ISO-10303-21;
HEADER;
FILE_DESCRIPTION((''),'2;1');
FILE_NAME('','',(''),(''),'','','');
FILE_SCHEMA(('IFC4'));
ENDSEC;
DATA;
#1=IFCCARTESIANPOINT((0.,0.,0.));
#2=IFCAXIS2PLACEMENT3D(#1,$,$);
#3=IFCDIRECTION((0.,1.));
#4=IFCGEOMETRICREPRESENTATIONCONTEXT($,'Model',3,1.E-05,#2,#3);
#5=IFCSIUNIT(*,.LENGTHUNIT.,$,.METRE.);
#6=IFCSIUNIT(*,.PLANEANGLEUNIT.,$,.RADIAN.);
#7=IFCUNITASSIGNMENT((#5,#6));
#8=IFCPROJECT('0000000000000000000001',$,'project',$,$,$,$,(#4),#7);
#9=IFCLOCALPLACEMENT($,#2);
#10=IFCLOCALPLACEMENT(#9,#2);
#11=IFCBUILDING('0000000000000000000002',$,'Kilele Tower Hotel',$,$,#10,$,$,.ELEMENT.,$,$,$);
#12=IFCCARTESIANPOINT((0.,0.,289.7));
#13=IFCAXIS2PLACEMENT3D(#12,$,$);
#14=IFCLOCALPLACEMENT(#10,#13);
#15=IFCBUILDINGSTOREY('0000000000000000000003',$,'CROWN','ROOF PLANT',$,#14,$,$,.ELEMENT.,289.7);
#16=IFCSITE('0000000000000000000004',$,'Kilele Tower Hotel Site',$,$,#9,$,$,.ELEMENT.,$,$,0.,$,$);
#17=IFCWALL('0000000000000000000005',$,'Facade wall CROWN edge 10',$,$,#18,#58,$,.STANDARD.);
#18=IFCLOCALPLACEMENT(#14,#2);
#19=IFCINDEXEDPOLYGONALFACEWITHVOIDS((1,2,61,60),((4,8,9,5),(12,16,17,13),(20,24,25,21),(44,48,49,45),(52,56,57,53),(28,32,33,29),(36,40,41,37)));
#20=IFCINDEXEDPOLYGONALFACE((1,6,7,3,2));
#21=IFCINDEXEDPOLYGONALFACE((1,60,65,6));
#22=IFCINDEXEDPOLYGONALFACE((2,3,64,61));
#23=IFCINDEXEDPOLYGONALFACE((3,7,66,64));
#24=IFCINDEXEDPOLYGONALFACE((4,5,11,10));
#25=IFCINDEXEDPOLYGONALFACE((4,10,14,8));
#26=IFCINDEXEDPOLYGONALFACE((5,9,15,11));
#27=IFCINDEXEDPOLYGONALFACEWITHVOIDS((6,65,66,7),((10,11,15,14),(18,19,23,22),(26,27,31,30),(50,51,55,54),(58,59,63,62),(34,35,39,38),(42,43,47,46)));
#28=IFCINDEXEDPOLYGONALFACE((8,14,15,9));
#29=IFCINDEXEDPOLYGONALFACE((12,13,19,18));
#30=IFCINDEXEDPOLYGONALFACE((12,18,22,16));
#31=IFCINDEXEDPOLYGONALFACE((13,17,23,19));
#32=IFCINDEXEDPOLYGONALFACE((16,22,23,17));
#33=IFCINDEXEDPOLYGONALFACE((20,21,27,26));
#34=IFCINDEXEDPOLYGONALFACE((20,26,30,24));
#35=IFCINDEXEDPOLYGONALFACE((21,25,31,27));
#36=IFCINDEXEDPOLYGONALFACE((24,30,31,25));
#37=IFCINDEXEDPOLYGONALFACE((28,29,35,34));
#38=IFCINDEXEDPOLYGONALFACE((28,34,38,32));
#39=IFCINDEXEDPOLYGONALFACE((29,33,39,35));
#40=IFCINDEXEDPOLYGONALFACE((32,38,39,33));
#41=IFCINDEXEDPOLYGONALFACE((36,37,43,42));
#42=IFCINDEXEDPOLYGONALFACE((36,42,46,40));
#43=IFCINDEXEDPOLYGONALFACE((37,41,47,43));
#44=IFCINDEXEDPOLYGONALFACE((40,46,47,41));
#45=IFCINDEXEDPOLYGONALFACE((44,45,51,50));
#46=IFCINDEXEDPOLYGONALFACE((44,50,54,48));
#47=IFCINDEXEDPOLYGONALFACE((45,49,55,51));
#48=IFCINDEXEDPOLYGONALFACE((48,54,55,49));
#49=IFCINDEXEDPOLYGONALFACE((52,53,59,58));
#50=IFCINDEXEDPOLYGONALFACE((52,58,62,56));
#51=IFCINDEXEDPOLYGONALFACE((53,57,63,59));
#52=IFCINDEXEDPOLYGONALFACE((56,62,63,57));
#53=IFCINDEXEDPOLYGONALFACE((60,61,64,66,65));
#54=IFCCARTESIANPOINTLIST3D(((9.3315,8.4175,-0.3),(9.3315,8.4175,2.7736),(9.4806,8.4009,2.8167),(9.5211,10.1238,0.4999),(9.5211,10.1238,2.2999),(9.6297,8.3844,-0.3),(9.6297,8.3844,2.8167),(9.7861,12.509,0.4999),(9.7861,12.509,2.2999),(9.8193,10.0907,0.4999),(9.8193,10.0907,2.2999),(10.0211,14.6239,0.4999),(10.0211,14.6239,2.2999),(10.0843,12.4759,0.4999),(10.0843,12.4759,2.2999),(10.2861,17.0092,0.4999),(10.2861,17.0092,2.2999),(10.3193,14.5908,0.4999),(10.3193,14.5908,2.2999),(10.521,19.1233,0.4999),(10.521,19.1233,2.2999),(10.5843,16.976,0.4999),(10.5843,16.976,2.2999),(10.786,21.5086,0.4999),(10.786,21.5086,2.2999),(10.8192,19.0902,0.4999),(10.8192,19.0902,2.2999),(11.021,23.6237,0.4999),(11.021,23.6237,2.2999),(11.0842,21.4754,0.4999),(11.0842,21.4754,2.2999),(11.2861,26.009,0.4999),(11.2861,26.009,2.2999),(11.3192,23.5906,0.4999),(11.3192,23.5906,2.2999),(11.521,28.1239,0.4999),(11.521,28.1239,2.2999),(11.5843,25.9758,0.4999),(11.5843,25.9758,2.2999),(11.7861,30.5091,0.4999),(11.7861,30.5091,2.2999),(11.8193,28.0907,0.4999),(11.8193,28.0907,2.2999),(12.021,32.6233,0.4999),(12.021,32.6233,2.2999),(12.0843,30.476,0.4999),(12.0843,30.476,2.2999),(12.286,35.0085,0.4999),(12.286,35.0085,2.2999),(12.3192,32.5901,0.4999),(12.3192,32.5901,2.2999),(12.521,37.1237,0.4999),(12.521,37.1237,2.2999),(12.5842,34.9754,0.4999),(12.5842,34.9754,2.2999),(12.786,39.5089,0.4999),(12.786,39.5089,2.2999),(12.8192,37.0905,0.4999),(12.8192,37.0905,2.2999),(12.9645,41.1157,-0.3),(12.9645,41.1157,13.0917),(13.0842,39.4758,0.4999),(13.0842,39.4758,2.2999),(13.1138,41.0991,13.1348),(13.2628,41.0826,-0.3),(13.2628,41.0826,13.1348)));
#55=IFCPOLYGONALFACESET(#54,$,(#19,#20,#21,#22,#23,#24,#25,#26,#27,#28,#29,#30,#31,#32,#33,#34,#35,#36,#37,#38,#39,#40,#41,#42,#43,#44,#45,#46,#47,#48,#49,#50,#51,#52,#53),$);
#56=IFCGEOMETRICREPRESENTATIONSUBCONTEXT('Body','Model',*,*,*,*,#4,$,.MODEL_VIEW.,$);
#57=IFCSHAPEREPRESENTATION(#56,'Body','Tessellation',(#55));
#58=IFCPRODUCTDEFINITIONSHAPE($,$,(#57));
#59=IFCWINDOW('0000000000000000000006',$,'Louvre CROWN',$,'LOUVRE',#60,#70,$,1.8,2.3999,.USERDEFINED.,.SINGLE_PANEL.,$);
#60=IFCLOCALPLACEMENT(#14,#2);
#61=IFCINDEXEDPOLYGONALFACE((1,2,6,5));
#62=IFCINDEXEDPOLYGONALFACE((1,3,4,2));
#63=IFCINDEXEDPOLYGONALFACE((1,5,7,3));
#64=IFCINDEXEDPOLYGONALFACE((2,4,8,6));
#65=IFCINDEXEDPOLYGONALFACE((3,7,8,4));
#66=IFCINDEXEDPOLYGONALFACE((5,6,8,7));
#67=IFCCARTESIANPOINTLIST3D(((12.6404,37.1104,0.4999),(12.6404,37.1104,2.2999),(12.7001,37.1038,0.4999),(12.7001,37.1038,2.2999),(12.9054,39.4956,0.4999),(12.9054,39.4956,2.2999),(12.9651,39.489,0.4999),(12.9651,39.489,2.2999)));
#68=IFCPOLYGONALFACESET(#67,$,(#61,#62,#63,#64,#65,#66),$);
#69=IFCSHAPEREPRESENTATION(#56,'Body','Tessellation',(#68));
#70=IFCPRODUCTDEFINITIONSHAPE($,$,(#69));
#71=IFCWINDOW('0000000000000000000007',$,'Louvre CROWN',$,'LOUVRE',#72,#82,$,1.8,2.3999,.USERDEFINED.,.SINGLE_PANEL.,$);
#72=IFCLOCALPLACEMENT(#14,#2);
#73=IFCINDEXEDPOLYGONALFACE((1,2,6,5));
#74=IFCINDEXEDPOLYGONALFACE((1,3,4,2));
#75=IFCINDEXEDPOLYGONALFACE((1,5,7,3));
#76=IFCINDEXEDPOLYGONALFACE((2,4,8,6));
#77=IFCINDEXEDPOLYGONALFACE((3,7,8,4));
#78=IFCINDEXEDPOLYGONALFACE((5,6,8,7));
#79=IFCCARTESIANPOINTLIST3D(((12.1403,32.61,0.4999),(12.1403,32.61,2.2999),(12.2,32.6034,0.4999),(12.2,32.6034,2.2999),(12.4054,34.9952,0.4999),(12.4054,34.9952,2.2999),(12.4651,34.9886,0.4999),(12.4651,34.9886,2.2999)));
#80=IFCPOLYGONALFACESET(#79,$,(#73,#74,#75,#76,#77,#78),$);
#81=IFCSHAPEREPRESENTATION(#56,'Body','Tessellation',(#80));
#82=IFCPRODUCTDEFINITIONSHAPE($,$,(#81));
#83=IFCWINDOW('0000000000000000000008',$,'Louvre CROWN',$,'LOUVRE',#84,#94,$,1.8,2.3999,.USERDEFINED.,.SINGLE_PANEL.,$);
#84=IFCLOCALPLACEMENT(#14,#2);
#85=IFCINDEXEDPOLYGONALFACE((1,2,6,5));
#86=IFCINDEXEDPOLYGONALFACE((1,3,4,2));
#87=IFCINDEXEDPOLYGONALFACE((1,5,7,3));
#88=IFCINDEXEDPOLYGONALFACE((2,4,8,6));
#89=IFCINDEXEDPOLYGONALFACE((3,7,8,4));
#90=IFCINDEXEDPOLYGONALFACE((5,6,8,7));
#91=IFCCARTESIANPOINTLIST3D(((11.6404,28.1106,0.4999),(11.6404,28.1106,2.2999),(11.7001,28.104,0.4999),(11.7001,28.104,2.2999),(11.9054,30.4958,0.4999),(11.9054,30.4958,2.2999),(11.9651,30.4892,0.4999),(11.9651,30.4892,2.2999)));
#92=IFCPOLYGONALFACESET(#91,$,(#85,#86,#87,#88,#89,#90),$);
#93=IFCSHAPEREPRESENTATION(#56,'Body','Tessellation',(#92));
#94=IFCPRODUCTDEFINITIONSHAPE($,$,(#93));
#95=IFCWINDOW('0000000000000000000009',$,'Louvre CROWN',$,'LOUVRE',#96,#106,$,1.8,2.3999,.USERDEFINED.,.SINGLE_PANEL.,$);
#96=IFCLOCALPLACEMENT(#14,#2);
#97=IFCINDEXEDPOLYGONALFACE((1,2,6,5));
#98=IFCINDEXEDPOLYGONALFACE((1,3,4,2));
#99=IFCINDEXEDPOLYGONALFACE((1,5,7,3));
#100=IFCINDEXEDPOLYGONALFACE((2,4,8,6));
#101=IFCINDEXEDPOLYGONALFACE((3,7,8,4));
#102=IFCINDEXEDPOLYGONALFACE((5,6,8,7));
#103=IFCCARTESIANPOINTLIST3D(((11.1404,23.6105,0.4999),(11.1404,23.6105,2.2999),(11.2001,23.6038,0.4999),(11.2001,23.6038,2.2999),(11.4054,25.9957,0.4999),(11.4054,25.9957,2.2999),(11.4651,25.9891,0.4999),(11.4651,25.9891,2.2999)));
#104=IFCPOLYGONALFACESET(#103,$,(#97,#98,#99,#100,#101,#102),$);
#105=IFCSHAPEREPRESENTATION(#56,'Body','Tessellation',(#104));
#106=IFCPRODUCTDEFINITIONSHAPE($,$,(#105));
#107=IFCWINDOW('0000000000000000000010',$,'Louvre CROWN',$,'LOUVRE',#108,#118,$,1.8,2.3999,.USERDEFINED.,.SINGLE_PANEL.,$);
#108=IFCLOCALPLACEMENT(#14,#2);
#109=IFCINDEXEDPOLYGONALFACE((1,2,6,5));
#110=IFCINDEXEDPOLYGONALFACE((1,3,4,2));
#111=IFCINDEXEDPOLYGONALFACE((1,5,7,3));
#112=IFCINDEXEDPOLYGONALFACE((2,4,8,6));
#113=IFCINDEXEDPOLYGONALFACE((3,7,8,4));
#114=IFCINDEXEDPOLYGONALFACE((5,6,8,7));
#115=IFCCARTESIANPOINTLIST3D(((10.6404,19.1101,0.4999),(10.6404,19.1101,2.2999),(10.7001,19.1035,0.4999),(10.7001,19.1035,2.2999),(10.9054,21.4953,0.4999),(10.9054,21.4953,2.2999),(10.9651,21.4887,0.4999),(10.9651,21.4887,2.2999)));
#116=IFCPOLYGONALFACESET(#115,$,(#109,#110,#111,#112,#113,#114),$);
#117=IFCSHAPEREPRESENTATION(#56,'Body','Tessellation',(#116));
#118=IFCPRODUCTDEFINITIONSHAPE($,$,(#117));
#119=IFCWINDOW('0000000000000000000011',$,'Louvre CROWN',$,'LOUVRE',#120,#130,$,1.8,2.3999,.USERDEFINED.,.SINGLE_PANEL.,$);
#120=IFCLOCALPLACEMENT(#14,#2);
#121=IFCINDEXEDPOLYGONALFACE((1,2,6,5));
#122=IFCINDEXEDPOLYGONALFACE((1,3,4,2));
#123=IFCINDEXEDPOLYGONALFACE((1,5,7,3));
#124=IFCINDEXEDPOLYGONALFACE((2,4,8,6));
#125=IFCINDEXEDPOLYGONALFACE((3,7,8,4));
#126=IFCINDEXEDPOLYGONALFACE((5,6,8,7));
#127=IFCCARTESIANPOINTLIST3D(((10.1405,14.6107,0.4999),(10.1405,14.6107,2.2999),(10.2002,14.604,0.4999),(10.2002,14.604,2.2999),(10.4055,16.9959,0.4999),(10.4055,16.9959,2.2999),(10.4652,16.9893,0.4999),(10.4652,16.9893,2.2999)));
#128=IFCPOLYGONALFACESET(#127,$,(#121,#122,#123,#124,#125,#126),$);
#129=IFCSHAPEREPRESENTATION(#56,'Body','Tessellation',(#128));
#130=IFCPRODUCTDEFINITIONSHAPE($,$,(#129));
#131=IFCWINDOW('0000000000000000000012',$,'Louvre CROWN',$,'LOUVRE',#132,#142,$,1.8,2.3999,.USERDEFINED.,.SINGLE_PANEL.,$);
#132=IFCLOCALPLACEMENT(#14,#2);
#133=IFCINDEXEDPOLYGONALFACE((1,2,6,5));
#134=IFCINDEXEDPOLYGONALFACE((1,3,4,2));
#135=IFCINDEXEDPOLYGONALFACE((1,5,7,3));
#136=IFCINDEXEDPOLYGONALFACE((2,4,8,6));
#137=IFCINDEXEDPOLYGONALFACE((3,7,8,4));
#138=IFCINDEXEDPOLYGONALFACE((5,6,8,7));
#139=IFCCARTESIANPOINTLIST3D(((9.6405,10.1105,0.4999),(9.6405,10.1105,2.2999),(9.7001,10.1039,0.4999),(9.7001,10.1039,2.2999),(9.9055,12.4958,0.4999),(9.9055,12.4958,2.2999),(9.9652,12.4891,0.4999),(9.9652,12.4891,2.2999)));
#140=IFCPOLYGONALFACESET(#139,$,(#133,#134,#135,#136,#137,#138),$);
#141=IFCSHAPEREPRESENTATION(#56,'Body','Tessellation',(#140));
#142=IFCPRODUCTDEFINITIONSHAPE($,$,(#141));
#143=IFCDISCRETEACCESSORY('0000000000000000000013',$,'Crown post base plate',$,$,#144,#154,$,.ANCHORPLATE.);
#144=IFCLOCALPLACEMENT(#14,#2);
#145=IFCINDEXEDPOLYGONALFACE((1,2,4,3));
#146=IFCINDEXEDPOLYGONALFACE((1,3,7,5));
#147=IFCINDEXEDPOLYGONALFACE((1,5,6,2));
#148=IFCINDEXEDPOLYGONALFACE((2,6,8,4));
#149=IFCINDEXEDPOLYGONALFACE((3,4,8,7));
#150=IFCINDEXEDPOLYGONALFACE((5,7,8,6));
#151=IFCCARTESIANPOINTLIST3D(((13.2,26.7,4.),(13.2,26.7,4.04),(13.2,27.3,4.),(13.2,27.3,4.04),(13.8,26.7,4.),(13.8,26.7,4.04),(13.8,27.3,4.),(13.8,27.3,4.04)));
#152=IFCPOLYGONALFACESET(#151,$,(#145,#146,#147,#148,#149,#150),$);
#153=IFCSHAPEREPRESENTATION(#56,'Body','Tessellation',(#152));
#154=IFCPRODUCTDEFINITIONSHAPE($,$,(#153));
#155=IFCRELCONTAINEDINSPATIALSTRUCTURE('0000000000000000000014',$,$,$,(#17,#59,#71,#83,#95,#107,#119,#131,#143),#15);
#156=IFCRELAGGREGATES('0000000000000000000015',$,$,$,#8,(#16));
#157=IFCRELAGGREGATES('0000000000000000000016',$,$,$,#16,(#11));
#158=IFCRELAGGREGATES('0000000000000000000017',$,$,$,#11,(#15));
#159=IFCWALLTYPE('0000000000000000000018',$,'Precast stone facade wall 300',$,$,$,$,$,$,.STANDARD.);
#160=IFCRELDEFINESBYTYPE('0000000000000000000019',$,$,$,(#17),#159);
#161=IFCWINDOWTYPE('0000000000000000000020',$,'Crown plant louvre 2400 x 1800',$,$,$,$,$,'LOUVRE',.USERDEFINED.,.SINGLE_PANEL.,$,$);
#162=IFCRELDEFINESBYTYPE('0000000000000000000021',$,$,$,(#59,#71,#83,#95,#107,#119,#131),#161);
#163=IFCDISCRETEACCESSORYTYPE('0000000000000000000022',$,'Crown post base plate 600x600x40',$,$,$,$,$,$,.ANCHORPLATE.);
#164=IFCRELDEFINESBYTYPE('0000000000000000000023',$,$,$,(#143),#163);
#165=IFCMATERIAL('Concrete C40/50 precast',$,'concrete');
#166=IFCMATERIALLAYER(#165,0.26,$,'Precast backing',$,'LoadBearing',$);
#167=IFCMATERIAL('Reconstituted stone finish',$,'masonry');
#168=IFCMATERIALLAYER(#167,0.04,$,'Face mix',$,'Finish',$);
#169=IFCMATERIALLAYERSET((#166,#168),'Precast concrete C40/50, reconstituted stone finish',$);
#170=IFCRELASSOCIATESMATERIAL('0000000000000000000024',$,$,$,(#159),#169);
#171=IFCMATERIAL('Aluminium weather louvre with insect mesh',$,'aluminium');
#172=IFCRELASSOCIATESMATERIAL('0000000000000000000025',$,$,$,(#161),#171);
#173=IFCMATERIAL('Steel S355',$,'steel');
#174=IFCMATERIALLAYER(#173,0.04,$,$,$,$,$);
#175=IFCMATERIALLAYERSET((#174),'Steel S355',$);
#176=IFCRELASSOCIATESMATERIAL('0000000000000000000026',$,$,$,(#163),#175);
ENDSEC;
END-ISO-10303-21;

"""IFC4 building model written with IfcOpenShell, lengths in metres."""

from ifc_helpers import new_model, si_unit, direction, frame, frame_2d, origin, place, context, subcontext, project, spatial, polyline, rectangle, outline, extrude, clip, halfspace, source, transform, mapped, material, layer, layer_set, type_object, element, fill, save


model = new_model("IFC4")

# Units and contexts
model_context = context("Model", 3, precision=1e-05, world=origin(), true_north=direction((0.0, 1.0)))
body_context = subcontext(model_context, "Body", "Model", "MODEL_VIEW")
ifc_project = project(units=[si_unit("LENGTHUNIT", "METRE"), si_unit("PLANEANGLEUNIT", "RADIAN")], contexts=[model_context])

# Site, building, storey
site_placement = place(None, origin())
site = spatial("IfcSite", under=ifc_project, at=site_placement, Name="Kilele Tower Hotel Site", CompositionType="ELEMENT", RefElevation=0.0)
building_placement = place(site_placement, origin())
building = spatial("IfcBuilding", under=site, at=building_placement, Name="Kilele Tower Hotel", CompositionType="ELEMENT")
storey_placement = place(building_placement, frame((0.0, 0.0, 289.7)))
storey = spatial("IfcBuildingStorey", under=building, at=storey_placement, Name="CROWN", Description="ROOF PLANT", CompositionType="ELEMENT", Elevation=289.7)

# Wall, openings, windows
ifc_material_1 = material(Name="Concrete C40/50 precast", Category="concrete")
ifc_layer_1 = layer(ifc_material_1, 0.26, Name="Precast backing", Category="LoadBearing")
ifc_material_2 = material(Name="Reconstituted stone finish", Category="masonry")
ifc_layer_2 = layer(ifc_material_2, 0.04, Name="Face mix", Category="Finish")
ifc_layer_set_1 = layer_set([ifc_layer_1, ifc_layer_2], Name="Precast concrete C40/50, reconstituted stone finish")
wall_type_1 = type_object("IfcWallType", Name="Precast stone facade wall 300", PredefinedType="STANDARD", material=ifc_layer_set_1)
wall_1_placement = place(storey_placement, frame((13.1138, 41.0991, -0.3), z_axis=(0.0, 0.0, 1.0), x_axis=(-0.110429, -0.993884, 0.0)))
wall_1 = element("IfcWall", 1, at=wall_1_placement, inside=storey, type_object=wall_type_1, Name="Facade wall CROWN edge 10", PredefinedType="STANDARD", context=body_context, shape_type="Clipping", body=[
    clip(extrude(outline(polyline([(0.0, 0.0), (32.8994, 0.0), (32.8994, 3.1167), (0.0, 13.4348), (0.0, 0.0)])), frame((0.0, 0.1499, 0.0), z_axis=(0.0, -1.0, 0.0), x_axis=(1.0, 0.0, 0.0)), (0.0, 0.0, 1.0), 0.3), halfspace(frame((0.0, 0.0, 13.4348), z_axis=(0.288618, -0.264228, 0.920263), x_axis=(0.954174, 0.0, -0.299253)), False)),
])
opening_1_placement = place(wall_1_placement, frame((1.6167, 0.0, 0.8)))
opening_1 = element("IfcOpeningElement", 2, at=opening_1_placement, cuts=wall_1, PredefinedType="OPENING", context=body_context, shape_type="SweptSolid", body=[
    extrude(rectangle(XDim=2.3999, YDim=1.8, at=frame_2d((1.2, 0.8999))), frame((0.0, 0.1599, 0.0), z_axis=(0.0, -1.0, 0.0), x_axis=(1.0, 0.0, 0.0)), (0.0, 0.0, 1.0), 0.3201),
])
opening_2_placement = place(wall_1_placement, frame((6.1448, 0.0, 0.8)))
opening_2 = element("IfcOpeningElement", 3, at=opening_2_placement, cuts=wall_1, PredefinedType="OPENING", context=body_context, shape_type="SweptSolid", body=[
    extrude(rectangle(XDim=2.3999, YDim=1.8, at=frame_2d((1.2, 0.8999))), frame((0.0, 0.1599, 0.0), z_axis=(0.0, -1.0, 0.0), x_axis=(1.0, 0.0, 0.0)), (0.0, 0.0, 1.0), 0.3201),
])
opening_3_placement = place(wall_1_placement, frame((10.6719, 0.0, 0.8)))
opening_3 = element("IfcOpeningElement", 4, at=opening_3_placement, cuts=wall_1, PredefinedType="OPENING", context=body_context, shape_type="SweptSolid", body=[
    extrude(rectangle(XDim=2.3999, YDim=1.8, at=frame_2d((1.2, 0.8999))), frame((0.0, 0.1599, 0.0), z_axis=(0.0, -1.0, 0.0), x_axis=(1.0, 0.0, 0.0)), (0.0, 0.0, 1.0), 0.3201),
])
opening_4_placement = place(wall_1_placement, frame((15.1997, 0.0, 0.8)))
opening_4 = element("IfcOpeningElement", 5, at=opening_4_placement, cuts=wall_1, PredefinedType="OPENING", context=body_context, shape_type="SweptSolid", body=[
    extrude(rectangle(XDim=2.3999, YDim=1.8, at=frame_2d((1.2, 0.8999))), frame((0.0, 0.1599, 0.0), z_axis=(0.0, -1.0, 0.0), x_axis=(1.0, 0.0, 0.0)), (0.0, 0.0, 1.0), 0.3201),
])
opening_5_placement = place(wall_1_placement, frame((19.7278, 0.0, 0.8)))
opening_5 = element("IfcOpeningElement", 6, at=opening_5_placement, cuts=wall_1, PredefinedType="OPENING", context=body_context, shape_type="SweptSolid", body=[
    extrude(rectangle(XDim=2.3999, YDim=1.8, at=frame_2d((1.2, 0.8999))), frame((0.0, 0.1599, 0.0), z_axis=(0.0, -1.0, 0.0), x_axis=(1.0, 0.0, 0.0)), (0.0, 0.0, 1.0), 0.3201),
])
opening_6_placement = place(wall_1_placement, frame((24.2549, 0.0, 0.8)))
opening_6 = element("IfcOpeningElement", 7, at=opening_6_placement, cuts=wall_1, PredefinedType="OPENING", context=body_context, shape_type="SweptSolid", body=[
    extrude(rectangle(XDim=2.3999, YDim=1.8, at=frame_2d((1.2, 0.8999))), frame((0.0, 0.1599, 0.0), z_axis=(0.0, -1.0, 0.0), x_axis=(1.0, 0.0, 0.0)), (0.0, 0.0, 1.0), 0.3201),
])
opening_7_placement = place(wall_1_placement, frame((28.7827, 0.0, 0.8)))
opening_7 = element("IfcOpeningElement", 8, at=opening_7_placement, cuts=wall_1, PredefinedType="OPENING", context=body_context, shape_type="SweptSolid", body=[
    extrude(rectangle(XDim=2.3999, YDim=1.8, at=frame_2d((1.2, 0.8999))), frame((0.0, 0.1599, 0.0), z_axis=(0.0, -1.0, 0.0), x_axis=(1.0, 0.0, 0.0)), (0.0, 0.0, 1.0), 0.3201),
])
ifc_material_3 = material(Name="Aluminium weather louvre with insect mesh", Category="aluminium")
window_type = type_object("IfcWindowType", Name="Crown plant louvre 2400 x 1800", ElementType="LOUVRE", PartitioningType="SINGLE_PANEL", PredefinedType="USERDEFINED", material=ifc_material_3)
window_1_placement = place(opening_1_placement, origin())
window_1 = element("IfcWindow", 9, at=window_1_placement, inside=storey, type_object=window_type, Name="Louvre CROWN", ObjectType="LOUVRE", OverallHeight=1.8, OverallWidth=2.3999, PartitioningType="SINGLE_PANEL", PredefinedType="USERDEFINED", context=body_context, shape_type="SweptSolid", body=[
    extrude(rectangle(XDim=2.3999, YDim=1.8, at=frame_2d((1.2, 0.8999))), frame((0.0, 0.03, 0.0), z_axis=(0.0, -1.0, 0.0), x_axis=(1.0, 0.0, 0.0)), (0.0, 0.0, 1.0), 0.0601),
])
fill(opening_1, window_1)
window_2_placement = place(opening_2_placement, origin())
window_2 = element("IfcWindow", 10, at=window_2_placement, inside=storey, type_object=window_type, Name="Louvre CROWN", ObjectType="LOUVRE", OverallHeight=1.8, OverallWidth=2.3999, PartitioningType="SINGLE_PANEL", PredefinedType="USERDEFINED", context=body_context, shape_type="SweptSolid", body=[
    extrude(rectangle(XDim=2.3999, YDim=1.8, at=frame_2d((1.2, 0.8999))), frame((0.0, 0.03, 0.0), z_axis=(0.0, -1.0, 0.0), x_axis=(1.0, 0.0, 0.0)), (0.0, 0.0, 1.0), 0.0601),
])
fill(opening_2, window_2)
window_3_placement = place(opening_3_placement, origin())
window_3 = element("IfcWindow", 11, at=window_3_placement, inside=storey, type_object=window_type, Name="Louvre CROWN", ObjectType="LOUVRE", OverallHeight=1.8, OverallWidth=2.3999, PartitioningType="SINGLE_PANEL", PredefinedType="USERDEFINED", context=body_context, shape_type="SweptSolid", body=[
    extrude(rectangle(XDim=2.3999, YDim=1.8, at=frame_2d((1.2, 0.8999))), frame((0.0, 0.03, 0.0), z_axis=(0.0, -1.0, 0.0), x_axis=(1.0, 0.0, 0.0)), (0.0, 0.0, 1.0), 0.0601),
])
fill(opening_3, window_3)
window_4_placement = place(opening_4_placement, origin())
window_4 = element("IfcWindow", 12, at=window_4_placement, inside=storey, type_object=window_type, Name="Louvre CROWN", ObjectType="LOUVRE", OverallHeight=1.8, OverallWidth=2.3999, PartitioningType="SINGLE_PANEL", PredefinedType="USERDEFINED", context=body_context, shape_type="SweptSolid", body=[
    extrude(rectangle(XDim=2.3999, YDim=1.8, at=frame_2d((1.2, 0.8999))), frame((0.0, 0.03, 0.0), z_axis=(0.0, -1.0, 0.0), x_axis=(1.0, 0.0, 0.0)), (0.0, 0.0, 1.0), 0.0601),
])
fill(opening_4, window_4)
window_5_placement = place(opening_5_placement, origin())
window_5 = element("IfcWindow", 13, at=window_5_placement, inside=storey, type_object=window_type, Name="Louvre CROWN", ObjectType="LOUVRE", OverallHeight=1.8, OverallWidth=2.3999, PartitioningType="SINGLE_PANEL", PredefinedType="USERDEFINED", context=body_context, shape_type="SweptSolid", body=[
    extrude(rectangle(XDim=2.3999, YDim=1.8, at=frame_2d((1.2, 0.8999))), frame((0.0, 0.03, 0.0), z_axis=(0.0, -1.0, 0.0), x_axis=(1.0, 0.0, 0.0)), (0.0, 0.0, 1.0), 0.0601),
])
fill(opening_5, window_5)
window_6_placement = place(opening_6_placement, origin())
window_6 = element("IfcWindow", 14, at=window_6_placement, inside=storey, type_object=window_type, Name="Louvre CROWN", ObjectType="LOUVRE", OverallHeight=1.8, OverallWidth=2.3999, PartitioningType="SINGLE_PANEL", PredefinedType="USERDEFINED", context=body_context, shape_type="SweptSolid", body=[
    extrude(rectangle(XDim=2.3999, YDim=1.8, at=frame_2d((1.2, 0.8999))), frame((0.0, 0.03, 0.0), z_axis=(0.0, -1.0, 0.0), x_axis=(1.0, 0.0, 0.0)), (0.0, 0.0, 1.0), 0.0601),
])
fill(opening_6, window_6)
window_7_placement = place(opening_7_placement, origin())
window_7 = element("IfcWindow", 15, at=window_7_placement, inside=storey, type_object=window_type, Name="Louvre CROWN", ObjectType="LOUVRE", OverallHeight=1.8, OverallWidth=2.3999, PartitioningType="SINGLE_PANEL", PredefinedType="USERDEFINED", context=body_context, shape_type="SweptSolid", body=[
    extrude(rectangle(XDim=2.3999, YDim=1.8, at=frame_2d((1.2, 0.8999))), frame((0.0, 0.03, 0.0), z_axis=(0.0, -1.0, 0.0), x_axis=(1.0, 0.0, 0.0)), (0.0, 0.0, 1.0), 0.0601),
])
fill(opening_7, window_7)

# Discrete accessory
ifc_material_4 = material(Name="Steel S355", Category="steel")
ifc_layer_3 = layer(ifc_material_4, 0.04)
ifc_layer_set_2 = layer_set([ifc_layer_3], Name="Steel S355")
discrete_accessory_type_1 = type_object("IfcDiscreteAccessoryType", Name="Crown post base plate 600x600x40", PredefinedType="ANCHORPLATE", material=ifc_layer_set_2)
shared_shape_1 = source(origin(), body_context, "Body", "SweptSolid", [
    extrude(outline(polyline([(0.0, 0.0), (0.6001, 0.0), (0.6001, 0.04), (0.0, 0.04), (0.0, 0.0)])), origin(), (0.0, 0.0, 1.0), 0.6001),
])
for number, where, z_axis, x_axis, name in (
    (16, (13.2, 27.3, 4.0), (0.0, -1.0, 0.0), (1.0, 0.0, 0.0), "Crown post base plate"),
):
    element("IfcDiscreteAccessory", number, at=place(storey_placement, frame(where, z_axis=z_axis, x_axis=x_axis)), inside=storey, type_object=discrete_accessory_type_1, Name=name, PredefinedType="ANCHORPLATE", context=body_context, shape_type="MappedRepresentation", body=[
        mapped(shared_shape_1, transform((0.0, 0.0, 0.0))),
    ])

save(model, "model.ifc")
